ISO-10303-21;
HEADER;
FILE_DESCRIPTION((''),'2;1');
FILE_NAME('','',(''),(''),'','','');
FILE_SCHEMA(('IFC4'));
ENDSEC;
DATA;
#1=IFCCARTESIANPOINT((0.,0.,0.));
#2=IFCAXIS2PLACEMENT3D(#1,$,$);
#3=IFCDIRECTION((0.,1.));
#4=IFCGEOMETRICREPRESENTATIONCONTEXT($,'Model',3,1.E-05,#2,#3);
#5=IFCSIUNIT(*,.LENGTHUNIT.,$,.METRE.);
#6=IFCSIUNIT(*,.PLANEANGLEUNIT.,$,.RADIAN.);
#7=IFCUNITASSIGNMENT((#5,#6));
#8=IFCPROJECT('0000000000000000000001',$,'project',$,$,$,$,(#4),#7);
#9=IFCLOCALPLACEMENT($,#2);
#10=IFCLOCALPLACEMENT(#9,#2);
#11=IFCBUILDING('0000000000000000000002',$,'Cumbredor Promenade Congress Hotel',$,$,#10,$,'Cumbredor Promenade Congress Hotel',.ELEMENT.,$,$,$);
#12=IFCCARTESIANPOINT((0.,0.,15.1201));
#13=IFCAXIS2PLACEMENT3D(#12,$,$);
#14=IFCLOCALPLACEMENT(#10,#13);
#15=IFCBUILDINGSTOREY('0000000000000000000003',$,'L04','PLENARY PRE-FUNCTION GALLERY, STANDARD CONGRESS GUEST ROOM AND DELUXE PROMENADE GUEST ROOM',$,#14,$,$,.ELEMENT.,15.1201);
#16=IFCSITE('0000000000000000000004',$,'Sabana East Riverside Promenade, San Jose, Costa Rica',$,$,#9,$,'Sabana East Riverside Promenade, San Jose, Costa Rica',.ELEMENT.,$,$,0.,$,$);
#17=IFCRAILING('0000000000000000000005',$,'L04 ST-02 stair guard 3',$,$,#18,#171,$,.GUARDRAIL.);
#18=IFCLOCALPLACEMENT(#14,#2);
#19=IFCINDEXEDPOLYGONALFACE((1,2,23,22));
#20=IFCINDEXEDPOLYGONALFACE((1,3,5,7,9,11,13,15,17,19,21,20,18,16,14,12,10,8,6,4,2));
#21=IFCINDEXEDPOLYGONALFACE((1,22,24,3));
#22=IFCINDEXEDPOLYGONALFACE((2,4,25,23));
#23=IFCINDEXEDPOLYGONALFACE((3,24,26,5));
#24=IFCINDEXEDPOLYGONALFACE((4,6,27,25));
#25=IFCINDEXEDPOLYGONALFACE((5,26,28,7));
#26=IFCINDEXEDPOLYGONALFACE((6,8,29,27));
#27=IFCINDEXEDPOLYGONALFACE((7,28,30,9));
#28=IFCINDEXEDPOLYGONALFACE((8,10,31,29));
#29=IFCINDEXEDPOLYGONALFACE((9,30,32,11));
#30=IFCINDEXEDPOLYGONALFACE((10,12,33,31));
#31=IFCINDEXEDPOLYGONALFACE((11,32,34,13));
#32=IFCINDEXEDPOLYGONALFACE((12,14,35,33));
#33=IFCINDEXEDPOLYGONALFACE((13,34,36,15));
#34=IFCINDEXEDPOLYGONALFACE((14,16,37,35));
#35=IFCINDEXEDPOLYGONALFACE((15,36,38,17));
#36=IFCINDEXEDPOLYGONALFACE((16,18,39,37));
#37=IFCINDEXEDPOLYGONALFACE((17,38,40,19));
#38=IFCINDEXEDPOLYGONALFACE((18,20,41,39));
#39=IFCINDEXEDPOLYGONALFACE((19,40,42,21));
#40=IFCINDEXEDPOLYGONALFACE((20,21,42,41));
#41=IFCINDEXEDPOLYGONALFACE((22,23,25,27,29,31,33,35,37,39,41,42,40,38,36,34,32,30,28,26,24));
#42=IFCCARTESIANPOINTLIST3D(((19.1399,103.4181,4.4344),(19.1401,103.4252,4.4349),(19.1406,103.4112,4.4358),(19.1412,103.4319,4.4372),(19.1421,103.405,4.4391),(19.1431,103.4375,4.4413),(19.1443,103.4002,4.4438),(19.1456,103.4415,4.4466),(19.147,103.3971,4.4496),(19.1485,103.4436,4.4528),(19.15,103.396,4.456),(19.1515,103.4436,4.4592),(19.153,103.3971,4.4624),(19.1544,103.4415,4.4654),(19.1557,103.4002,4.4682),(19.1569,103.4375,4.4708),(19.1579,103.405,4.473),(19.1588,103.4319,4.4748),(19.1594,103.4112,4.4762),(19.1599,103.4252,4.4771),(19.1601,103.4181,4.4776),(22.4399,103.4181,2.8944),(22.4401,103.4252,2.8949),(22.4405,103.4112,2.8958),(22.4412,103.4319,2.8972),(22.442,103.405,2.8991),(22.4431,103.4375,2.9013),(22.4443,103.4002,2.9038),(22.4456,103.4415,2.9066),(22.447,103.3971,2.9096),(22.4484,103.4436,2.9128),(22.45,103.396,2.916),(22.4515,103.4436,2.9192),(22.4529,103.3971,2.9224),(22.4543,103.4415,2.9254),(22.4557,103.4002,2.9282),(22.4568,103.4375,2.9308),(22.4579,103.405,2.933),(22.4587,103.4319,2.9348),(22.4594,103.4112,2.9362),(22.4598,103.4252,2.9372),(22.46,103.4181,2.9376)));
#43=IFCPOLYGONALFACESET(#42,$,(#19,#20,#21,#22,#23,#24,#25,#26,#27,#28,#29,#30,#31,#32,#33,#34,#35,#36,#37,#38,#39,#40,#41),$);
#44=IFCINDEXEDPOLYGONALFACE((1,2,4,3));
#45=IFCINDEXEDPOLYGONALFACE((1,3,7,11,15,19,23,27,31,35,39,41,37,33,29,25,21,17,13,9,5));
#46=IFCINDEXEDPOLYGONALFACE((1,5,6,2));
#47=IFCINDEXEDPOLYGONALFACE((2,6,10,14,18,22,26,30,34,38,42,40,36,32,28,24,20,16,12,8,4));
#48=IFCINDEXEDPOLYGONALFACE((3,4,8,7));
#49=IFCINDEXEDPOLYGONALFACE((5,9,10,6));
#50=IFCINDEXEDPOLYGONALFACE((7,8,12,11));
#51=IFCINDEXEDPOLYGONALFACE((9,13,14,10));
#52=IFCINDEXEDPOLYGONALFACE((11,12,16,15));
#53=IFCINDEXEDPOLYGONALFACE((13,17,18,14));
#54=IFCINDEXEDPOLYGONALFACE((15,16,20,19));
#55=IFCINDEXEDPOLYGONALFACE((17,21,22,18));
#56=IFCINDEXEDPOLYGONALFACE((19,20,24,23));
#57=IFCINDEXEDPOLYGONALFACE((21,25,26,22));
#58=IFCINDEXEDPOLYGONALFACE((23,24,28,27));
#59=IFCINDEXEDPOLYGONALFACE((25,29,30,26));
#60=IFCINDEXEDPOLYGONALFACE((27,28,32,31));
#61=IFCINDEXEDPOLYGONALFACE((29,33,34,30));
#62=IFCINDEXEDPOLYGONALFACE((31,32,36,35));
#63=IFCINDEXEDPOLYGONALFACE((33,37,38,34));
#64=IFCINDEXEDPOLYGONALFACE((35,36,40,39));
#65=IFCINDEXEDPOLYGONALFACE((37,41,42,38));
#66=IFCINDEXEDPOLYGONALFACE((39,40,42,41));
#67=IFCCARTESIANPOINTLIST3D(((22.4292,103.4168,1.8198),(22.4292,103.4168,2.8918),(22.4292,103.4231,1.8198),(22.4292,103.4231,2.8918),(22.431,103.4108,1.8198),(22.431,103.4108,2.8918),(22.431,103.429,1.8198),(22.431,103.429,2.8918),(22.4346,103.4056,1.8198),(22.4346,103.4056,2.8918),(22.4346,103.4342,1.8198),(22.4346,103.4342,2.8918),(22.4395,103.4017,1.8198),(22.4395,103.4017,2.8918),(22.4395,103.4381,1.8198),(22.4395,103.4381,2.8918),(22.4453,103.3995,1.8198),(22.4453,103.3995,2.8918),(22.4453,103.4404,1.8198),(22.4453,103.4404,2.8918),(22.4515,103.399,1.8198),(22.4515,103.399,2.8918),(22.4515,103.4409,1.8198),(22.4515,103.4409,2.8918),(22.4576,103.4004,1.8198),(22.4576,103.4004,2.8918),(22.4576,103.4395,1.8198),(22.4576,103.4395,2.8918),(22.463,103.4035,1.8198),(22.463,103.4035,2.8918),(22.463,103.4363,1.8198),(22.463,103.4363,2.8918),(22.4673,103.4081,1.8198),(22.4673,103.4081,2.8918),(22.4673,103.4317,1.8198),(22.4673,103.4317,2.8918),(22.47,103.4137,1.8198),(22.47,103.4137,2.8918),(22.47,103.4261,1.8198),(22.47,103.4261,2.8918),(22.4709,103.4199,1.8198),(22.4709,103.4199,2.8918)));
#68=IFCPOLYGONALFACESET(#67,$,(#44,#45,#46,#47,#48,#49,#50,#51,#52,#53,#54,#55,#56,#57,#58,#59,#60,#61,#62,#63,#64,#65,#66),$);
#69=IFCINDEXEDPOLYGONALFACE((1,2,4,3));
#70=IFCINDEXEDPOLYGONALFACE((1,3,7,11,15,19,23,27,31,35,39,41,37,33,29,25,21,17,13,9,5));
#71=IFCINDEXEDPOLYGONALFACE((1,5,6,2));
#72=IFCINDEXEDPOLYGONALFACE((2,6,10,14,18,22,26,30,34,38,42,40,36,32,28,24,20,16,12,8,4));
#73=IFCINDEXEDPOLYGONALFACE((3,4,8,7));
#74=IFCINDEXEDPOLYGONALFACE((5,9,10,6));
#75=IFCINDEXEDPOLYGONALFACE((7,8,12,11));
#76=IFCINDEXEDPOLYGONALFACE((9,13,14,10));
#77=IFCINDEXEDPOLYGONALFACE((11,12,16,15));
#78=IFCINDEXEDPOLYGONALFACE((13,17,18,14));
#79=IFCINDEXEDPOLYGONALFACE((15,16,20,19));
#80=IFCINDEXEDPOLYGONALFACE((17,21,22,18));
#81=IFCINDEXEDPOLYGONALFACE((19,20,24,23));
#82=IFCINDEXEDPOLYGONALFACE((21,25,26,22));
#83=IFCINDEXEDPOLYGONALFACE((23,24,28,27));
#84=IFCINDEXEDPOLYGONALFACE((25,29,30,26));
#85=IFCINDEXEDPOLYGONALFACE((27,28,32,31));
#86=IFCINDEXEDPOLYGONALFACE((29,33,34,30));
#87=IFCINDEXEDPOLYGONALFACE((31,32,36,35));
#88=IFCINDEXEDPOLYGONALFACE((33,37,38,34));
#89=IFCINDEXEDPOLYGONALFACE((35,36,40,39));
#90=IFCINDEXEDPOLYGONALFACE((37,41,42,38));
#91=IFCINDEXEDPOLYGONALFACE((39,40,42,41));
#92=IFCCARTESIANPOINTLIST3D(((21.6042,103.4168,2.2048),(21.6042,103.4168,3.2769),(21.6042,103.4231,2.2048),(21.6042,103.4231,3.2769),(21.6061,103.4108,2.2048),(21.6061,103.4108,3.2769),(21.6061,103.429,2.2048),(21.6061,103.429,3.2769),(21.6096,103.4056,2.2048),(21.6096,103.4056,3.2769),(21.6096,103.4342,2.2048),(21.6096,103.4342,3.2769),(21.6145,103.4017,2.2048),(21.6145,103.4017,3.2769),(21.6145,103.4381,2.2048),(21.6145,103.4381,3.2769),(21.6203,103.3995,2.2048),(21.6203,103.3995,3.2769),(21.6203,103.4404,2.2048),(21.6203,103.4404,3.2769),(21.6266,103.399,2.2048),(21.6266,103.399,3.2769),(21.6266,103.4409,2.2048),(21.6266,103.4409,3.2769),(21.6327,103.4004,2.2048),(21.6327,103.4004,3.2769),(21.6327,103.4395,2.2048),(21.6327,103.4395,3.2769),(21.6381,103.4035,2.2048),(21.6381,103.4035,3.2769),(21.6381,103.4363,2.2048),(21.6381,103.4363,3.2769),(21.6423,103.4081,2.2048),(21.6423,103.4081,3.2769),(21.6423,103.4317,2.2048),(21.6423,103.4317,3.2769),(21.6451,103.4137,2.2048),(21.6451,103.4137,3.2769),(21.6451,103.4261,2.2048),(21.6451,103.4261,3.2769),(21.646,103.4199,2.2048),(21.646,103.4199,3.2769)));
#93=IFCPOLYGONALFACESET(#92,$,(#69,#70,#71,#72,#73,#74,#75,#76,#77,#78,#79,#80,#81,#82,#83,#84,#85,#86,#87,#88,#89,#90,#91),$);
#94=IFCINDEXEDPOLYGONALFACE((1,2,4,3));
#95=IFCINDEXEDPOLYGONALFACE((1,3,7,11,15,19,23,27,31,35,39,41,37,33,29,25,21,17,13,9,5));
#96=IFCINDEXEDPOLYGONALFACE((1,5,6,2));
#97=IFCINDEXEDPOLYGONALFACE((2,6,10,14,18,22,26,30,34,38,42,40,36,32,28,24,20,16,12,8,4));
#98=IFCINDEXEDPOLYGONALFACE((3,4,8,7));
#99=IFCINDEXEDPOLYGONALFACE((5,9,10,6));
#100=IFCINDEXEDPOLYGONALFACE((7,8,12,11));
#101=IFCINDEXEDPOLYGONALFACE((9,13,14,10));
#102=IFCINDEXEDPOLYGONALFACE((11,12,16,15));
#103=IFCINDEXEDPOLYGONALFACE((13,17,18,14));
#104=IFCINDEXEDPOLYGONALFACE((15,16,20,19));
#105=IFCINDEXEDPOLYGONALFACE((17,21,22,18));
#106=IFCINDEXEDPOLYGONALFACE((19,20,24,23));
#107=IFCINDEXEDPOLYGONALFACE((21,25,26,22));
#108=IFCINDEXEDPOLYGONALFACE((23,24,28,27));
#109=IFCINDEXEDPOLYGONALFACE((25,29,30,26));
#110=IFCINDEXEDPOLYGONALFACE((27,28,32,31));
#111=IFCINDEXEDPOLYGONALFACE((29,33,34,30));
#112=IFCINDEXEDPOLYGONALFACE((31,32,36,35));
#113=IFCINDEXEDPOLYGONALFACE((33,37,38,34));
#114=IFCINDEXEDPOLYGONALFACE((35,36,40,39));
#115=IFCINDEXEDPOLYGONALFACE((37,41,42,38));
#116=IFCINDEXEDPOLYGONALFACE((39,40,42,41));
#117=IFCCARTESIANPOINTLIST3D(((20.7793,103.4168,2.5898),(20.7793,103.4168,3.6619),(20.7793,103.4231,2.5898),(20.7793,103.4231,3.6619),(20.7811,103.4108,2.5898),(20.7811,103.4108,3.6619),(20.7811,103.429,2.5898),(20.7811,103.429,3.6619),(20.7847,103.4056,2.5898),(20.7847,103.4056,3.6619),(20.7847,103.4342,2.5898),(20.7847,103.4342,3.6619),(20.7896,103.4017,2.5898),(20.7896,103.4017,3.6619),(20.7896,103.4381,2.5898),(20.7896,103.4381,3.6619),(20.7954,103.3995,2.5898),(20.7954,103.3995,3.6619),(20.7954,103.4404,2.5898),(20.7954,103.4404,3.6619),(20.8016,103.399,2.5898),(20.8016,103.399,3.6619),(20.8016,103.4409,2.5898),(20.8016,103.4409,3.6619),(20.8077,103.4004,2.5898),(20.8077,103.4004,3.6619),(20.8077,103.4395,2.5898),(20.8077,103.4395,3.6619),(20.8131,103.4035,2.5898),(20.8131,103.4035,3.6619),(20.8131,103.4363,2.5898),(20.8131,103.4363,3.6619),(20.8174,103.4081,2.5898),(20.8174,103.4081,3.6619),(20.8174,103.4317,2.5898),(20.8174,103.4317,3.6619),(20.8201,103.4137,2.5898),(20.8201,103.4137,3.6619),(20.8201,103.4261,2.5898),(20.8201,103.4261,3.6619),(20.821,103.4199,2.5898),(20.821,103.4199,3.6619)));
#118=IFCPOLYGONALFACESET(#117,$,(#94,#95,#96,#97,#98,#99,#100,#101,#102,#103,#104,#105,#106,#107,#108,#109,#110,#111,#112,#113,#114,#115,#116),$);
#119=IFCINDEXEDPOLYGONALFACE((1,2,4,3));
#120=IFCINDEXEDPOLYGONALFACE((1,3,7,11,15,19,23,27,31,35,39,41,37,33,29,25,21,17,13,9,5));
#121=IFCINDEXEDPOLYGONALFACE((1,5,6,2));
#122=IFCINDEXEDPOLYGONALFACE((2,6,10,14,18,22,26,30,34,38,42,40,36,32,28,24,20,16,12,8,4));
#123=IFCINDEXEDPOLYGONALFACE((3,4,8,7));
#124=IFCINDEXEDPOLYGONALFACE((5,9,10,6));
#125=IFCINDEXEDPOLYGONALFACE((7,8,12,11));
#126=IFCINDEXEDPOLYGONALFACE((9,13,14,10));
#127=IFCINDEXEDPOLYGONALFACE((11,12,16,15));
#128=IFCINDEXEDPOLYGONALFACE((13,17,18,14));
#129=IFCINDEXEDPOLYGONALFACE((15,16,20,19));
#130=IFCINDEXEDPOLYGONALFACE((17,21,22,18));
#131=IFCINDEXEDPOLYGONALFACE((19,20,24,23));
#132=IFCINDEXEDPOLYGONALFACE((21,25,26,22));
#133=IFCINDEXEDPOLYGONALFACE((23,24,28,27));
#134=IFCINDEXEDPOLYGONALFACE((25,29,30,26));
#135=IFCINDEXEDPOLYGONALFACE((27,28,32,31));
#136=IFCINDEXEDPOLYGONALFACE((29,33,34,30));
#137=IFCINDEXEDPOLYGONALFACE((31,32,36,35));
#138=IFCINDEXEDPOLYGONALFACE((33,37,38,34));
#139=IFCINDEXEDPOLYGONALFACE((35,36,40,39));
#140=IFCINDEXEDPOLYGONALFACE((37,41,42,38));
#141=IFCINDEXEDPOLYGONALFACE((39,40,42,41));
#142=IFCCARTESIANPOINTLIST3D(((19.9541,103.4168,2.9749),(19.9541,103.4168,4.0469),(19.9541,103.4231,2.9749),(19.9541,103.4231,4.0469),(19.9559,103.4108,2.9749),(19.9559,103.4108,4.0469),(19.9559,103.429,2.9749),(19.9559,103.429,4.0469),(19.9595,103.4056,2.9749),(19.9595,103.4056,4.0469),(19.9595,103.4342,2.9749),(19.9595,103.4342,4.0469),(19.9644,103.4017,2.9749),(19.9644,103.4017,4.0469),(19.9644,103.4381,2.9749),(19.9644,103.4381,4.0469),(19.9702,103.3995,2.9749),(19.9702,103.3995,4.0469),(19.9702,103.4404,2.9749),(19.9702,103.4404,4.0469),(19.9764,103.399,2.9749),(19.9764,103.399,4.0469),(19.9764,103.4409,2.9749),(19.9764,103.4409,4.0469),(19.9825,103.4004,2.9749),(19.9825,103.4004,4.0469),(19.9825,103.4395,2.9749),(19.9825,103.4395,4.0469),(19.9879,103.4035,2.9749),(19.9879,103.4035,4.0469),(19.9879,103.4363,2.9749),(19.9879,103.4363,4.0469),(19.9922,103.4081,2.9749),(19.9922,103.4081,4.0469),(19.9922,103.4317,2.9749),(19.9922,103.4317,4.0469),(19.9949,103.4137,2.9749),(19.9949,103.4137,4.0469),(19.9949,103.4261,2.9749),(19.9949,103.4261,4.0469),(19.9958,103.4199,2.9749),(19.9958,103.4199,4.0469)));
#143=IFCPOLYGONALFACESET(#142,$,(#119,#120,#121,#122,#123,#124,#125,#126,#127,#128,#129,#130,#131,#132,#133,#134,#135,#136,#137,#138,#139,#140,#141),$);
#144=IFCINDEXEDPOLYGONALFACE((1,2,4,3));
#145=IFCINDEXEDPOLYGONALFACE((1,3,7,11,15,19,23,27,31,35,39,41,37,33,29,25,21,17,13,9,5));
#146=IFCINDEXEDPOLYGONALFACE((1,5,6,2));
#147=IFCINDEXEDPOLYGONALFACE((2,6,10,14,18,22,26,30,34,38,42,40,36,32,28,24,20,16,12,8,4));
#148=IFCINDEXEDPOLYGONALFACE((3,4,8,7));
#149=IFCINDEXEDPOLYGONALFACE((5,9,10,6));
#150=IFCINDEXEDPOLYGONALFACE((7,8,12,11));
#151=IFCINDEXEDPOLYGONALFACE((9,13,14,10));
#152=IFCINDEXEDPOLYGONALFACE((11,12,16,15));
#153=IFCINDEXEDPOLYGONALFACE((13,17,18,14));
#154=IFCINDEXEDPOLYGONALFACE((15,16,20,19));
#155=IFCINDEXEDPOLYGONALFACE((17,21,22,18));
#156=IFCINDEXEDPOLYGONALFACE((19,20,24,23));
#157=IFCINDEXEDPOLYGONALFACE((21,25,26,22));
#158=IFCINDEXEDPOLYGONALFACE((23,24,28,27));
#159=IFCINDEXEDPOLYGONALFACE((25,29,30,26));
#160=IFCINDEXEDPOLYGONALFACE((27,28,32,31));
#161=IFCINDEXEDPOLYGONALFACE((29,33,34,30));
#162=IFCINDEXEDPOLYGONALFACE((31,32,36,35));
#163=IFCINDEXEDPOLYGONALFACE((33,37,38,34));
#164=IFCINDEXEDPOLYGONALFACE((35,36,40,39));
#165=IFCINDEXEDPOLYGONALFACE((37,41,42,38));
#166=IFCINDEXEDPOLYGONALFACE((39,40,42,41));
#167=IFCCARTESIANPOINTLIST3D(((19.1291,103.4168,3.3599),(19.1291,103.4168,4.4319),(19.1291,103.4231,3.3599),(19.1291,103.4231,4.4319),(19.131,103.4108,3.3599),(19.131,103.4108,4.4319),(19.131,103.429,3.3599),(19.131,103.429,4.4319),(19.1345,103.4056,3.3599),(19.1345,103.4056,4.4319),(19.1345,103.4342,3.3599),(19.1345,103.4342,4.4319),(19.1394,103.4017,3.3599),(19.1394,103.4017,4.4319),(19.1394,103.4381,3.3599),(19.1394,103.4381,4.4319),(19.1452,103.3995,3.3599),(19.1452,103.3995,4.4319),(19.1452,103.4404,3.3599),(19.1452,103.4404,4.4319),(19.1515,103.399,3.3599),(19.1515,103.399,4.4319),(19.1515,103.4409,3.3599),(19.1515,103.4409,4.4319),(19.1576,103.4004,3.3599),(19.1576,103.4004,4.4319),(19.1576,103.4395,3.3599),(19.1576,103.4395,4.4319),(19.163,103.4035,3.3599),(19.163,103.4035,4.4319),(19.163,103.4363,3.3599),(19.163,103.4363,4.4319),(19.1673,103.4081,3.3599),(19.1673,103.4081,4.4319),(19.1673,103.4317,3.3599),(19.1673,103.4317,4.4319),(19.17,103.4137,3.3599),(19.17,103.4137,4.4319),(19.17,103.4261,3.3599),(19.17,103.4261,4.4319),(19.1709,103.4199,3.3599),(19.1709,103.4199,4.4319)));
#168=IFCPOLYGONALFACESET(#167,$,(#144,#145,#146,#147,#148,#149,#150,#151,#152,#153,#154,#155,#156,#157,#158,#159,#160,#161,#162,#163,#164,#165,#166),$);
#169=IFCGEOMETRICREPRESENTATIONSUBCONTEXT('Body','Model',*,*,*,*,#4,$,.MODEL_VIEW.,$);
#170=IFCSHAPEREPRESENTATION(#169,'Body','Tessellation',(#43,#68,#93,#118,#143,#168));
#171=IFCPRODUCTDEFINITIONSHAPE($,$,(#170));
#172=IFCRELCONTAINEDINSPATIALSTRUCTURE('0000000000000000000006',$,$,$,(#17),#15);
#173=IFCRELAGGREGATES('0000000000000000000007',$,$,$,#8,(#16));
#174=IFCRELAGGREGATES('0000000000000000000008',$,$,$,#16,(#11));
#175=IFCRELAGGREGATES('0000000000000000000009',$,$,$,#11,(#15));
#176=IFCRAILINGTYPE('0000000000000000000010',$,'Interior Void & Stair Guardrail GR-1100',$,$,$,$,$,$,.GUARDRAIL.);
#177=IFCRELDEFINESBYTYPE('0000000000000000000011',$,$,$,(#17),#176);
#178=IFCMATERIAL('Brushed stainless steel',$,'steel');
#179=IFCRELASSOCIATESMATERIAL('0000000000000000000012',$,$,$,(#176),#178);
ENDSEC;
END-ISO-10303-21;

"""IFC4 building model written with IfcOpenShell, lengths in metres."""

from ifc_helpers import new_model, si_unit, direction, frame, origin, origin_2d, place, context, subcontext, project, spatial, circle, extrude, material, type_object, element, save


model = new_model("IFC4")

# Units and contexts
model_context = context("Model", 3, precision=1e-05, world=origin(), true_north=direction((0.0, 1.0)))
body_context = subcontext(model_context, "Body", "Model", "MODEL_VIEW")
ifc_project = project(units=[si_unit("LENGTHUNIT", "METRE"), si_unit("PLANEANGLEUNIT", "RADIAN")], contexts=[model_context])

# Site, building, storey
site_placement = place(None, origin())
site = spatial("IfcSite", under=ifc_project, at=site_placement, Name="Sabana East Riverside Promenade, San Jose, Costa Rica", LongName="Sabana East Riverside Promenade, San Jose, Costa Rica", CompositionType="ELEMENT", RefElevation=0.0)
building_placement = place(site_placement, origin())
building = spatial("IfcBuilding", under=site, at=building_placement, Name="Cumbredor Promenade Congress Hotel", LongName="Cumbredor Promenade Congress Hotel", CompositionType="ELEMENT")
storey_placement = place(building_placement, frame((0.0, 0.0, 15.1201)))
storey = spatial("IfcBuildingStorey", under=building, at=storey_placement, Name="L04", Description="PLENARY PRE-FUNCTION GALLERY, STANDARD CONGRESS GUEST ROOM AND DELUXE PROMENADE GUEST ROOM", CompositionType="ELEMENT", Elevation=15.1201)

# Shared definitions
ifc_material_1 = material(Name="Brushed stainless steel", Category="steel")

# Railing
railing_type_1 = type_object("IfcRailingType", Name="Interior Void & Stair Guardrail GR-1100", PredefinedType="GUARDRAIL", material=ifc_material_1)
railing_1_placement = place(storey_placement, frame((22.45, 103.4199, 1.8198)))
element("IfcRailing", 1, at=railing_1_placement, inside=storey, type_object=railing_type_1, Name="L04 ST-02 stair guard 3", PredefinedType="GUARDRAIL", context=body_context, shape_type="SweptSolid", body=[
    extrude(circle(Radius=0.0239, at=origin_2d()), frame((0.0, 0.0, 1.0962), z_axis=(-0.906181, 0.0, 0.422889), x_axis=(0.0, -1.0, 0.0)), (0.0, 0.0, 1.0), 3.6416),
    extrude(circle(Radius=0.021, at=origin_2d()), origin(), (0.0, 0.0, 1.0), 1.072),
    extrude(circle(Radius=0.021, at=origin_2d()), frame((-0.825, 0.0, 0.385)), (0.0, 0.0, 1.0), 1.072),
    extrude(circle(Radius=0.021, at=origin_2d()), frame((-1.6499, 0.0, 0.77)), (0.0, 0.0, 1.0), 1.072),
    extrude(circle(Radius=0.021, at=origin_2d()), frame((-2.4751, 0.0, 1.155)), (0.0, 0.0, 1.0), 1.072),
    extrude(circle(Radius=0.021, at=origin_2d()), frame((-3.3, 0.0, 1.54)), (0.0, 0.0, 1.0), 1.072),
])

save(model, "model.ifc")
